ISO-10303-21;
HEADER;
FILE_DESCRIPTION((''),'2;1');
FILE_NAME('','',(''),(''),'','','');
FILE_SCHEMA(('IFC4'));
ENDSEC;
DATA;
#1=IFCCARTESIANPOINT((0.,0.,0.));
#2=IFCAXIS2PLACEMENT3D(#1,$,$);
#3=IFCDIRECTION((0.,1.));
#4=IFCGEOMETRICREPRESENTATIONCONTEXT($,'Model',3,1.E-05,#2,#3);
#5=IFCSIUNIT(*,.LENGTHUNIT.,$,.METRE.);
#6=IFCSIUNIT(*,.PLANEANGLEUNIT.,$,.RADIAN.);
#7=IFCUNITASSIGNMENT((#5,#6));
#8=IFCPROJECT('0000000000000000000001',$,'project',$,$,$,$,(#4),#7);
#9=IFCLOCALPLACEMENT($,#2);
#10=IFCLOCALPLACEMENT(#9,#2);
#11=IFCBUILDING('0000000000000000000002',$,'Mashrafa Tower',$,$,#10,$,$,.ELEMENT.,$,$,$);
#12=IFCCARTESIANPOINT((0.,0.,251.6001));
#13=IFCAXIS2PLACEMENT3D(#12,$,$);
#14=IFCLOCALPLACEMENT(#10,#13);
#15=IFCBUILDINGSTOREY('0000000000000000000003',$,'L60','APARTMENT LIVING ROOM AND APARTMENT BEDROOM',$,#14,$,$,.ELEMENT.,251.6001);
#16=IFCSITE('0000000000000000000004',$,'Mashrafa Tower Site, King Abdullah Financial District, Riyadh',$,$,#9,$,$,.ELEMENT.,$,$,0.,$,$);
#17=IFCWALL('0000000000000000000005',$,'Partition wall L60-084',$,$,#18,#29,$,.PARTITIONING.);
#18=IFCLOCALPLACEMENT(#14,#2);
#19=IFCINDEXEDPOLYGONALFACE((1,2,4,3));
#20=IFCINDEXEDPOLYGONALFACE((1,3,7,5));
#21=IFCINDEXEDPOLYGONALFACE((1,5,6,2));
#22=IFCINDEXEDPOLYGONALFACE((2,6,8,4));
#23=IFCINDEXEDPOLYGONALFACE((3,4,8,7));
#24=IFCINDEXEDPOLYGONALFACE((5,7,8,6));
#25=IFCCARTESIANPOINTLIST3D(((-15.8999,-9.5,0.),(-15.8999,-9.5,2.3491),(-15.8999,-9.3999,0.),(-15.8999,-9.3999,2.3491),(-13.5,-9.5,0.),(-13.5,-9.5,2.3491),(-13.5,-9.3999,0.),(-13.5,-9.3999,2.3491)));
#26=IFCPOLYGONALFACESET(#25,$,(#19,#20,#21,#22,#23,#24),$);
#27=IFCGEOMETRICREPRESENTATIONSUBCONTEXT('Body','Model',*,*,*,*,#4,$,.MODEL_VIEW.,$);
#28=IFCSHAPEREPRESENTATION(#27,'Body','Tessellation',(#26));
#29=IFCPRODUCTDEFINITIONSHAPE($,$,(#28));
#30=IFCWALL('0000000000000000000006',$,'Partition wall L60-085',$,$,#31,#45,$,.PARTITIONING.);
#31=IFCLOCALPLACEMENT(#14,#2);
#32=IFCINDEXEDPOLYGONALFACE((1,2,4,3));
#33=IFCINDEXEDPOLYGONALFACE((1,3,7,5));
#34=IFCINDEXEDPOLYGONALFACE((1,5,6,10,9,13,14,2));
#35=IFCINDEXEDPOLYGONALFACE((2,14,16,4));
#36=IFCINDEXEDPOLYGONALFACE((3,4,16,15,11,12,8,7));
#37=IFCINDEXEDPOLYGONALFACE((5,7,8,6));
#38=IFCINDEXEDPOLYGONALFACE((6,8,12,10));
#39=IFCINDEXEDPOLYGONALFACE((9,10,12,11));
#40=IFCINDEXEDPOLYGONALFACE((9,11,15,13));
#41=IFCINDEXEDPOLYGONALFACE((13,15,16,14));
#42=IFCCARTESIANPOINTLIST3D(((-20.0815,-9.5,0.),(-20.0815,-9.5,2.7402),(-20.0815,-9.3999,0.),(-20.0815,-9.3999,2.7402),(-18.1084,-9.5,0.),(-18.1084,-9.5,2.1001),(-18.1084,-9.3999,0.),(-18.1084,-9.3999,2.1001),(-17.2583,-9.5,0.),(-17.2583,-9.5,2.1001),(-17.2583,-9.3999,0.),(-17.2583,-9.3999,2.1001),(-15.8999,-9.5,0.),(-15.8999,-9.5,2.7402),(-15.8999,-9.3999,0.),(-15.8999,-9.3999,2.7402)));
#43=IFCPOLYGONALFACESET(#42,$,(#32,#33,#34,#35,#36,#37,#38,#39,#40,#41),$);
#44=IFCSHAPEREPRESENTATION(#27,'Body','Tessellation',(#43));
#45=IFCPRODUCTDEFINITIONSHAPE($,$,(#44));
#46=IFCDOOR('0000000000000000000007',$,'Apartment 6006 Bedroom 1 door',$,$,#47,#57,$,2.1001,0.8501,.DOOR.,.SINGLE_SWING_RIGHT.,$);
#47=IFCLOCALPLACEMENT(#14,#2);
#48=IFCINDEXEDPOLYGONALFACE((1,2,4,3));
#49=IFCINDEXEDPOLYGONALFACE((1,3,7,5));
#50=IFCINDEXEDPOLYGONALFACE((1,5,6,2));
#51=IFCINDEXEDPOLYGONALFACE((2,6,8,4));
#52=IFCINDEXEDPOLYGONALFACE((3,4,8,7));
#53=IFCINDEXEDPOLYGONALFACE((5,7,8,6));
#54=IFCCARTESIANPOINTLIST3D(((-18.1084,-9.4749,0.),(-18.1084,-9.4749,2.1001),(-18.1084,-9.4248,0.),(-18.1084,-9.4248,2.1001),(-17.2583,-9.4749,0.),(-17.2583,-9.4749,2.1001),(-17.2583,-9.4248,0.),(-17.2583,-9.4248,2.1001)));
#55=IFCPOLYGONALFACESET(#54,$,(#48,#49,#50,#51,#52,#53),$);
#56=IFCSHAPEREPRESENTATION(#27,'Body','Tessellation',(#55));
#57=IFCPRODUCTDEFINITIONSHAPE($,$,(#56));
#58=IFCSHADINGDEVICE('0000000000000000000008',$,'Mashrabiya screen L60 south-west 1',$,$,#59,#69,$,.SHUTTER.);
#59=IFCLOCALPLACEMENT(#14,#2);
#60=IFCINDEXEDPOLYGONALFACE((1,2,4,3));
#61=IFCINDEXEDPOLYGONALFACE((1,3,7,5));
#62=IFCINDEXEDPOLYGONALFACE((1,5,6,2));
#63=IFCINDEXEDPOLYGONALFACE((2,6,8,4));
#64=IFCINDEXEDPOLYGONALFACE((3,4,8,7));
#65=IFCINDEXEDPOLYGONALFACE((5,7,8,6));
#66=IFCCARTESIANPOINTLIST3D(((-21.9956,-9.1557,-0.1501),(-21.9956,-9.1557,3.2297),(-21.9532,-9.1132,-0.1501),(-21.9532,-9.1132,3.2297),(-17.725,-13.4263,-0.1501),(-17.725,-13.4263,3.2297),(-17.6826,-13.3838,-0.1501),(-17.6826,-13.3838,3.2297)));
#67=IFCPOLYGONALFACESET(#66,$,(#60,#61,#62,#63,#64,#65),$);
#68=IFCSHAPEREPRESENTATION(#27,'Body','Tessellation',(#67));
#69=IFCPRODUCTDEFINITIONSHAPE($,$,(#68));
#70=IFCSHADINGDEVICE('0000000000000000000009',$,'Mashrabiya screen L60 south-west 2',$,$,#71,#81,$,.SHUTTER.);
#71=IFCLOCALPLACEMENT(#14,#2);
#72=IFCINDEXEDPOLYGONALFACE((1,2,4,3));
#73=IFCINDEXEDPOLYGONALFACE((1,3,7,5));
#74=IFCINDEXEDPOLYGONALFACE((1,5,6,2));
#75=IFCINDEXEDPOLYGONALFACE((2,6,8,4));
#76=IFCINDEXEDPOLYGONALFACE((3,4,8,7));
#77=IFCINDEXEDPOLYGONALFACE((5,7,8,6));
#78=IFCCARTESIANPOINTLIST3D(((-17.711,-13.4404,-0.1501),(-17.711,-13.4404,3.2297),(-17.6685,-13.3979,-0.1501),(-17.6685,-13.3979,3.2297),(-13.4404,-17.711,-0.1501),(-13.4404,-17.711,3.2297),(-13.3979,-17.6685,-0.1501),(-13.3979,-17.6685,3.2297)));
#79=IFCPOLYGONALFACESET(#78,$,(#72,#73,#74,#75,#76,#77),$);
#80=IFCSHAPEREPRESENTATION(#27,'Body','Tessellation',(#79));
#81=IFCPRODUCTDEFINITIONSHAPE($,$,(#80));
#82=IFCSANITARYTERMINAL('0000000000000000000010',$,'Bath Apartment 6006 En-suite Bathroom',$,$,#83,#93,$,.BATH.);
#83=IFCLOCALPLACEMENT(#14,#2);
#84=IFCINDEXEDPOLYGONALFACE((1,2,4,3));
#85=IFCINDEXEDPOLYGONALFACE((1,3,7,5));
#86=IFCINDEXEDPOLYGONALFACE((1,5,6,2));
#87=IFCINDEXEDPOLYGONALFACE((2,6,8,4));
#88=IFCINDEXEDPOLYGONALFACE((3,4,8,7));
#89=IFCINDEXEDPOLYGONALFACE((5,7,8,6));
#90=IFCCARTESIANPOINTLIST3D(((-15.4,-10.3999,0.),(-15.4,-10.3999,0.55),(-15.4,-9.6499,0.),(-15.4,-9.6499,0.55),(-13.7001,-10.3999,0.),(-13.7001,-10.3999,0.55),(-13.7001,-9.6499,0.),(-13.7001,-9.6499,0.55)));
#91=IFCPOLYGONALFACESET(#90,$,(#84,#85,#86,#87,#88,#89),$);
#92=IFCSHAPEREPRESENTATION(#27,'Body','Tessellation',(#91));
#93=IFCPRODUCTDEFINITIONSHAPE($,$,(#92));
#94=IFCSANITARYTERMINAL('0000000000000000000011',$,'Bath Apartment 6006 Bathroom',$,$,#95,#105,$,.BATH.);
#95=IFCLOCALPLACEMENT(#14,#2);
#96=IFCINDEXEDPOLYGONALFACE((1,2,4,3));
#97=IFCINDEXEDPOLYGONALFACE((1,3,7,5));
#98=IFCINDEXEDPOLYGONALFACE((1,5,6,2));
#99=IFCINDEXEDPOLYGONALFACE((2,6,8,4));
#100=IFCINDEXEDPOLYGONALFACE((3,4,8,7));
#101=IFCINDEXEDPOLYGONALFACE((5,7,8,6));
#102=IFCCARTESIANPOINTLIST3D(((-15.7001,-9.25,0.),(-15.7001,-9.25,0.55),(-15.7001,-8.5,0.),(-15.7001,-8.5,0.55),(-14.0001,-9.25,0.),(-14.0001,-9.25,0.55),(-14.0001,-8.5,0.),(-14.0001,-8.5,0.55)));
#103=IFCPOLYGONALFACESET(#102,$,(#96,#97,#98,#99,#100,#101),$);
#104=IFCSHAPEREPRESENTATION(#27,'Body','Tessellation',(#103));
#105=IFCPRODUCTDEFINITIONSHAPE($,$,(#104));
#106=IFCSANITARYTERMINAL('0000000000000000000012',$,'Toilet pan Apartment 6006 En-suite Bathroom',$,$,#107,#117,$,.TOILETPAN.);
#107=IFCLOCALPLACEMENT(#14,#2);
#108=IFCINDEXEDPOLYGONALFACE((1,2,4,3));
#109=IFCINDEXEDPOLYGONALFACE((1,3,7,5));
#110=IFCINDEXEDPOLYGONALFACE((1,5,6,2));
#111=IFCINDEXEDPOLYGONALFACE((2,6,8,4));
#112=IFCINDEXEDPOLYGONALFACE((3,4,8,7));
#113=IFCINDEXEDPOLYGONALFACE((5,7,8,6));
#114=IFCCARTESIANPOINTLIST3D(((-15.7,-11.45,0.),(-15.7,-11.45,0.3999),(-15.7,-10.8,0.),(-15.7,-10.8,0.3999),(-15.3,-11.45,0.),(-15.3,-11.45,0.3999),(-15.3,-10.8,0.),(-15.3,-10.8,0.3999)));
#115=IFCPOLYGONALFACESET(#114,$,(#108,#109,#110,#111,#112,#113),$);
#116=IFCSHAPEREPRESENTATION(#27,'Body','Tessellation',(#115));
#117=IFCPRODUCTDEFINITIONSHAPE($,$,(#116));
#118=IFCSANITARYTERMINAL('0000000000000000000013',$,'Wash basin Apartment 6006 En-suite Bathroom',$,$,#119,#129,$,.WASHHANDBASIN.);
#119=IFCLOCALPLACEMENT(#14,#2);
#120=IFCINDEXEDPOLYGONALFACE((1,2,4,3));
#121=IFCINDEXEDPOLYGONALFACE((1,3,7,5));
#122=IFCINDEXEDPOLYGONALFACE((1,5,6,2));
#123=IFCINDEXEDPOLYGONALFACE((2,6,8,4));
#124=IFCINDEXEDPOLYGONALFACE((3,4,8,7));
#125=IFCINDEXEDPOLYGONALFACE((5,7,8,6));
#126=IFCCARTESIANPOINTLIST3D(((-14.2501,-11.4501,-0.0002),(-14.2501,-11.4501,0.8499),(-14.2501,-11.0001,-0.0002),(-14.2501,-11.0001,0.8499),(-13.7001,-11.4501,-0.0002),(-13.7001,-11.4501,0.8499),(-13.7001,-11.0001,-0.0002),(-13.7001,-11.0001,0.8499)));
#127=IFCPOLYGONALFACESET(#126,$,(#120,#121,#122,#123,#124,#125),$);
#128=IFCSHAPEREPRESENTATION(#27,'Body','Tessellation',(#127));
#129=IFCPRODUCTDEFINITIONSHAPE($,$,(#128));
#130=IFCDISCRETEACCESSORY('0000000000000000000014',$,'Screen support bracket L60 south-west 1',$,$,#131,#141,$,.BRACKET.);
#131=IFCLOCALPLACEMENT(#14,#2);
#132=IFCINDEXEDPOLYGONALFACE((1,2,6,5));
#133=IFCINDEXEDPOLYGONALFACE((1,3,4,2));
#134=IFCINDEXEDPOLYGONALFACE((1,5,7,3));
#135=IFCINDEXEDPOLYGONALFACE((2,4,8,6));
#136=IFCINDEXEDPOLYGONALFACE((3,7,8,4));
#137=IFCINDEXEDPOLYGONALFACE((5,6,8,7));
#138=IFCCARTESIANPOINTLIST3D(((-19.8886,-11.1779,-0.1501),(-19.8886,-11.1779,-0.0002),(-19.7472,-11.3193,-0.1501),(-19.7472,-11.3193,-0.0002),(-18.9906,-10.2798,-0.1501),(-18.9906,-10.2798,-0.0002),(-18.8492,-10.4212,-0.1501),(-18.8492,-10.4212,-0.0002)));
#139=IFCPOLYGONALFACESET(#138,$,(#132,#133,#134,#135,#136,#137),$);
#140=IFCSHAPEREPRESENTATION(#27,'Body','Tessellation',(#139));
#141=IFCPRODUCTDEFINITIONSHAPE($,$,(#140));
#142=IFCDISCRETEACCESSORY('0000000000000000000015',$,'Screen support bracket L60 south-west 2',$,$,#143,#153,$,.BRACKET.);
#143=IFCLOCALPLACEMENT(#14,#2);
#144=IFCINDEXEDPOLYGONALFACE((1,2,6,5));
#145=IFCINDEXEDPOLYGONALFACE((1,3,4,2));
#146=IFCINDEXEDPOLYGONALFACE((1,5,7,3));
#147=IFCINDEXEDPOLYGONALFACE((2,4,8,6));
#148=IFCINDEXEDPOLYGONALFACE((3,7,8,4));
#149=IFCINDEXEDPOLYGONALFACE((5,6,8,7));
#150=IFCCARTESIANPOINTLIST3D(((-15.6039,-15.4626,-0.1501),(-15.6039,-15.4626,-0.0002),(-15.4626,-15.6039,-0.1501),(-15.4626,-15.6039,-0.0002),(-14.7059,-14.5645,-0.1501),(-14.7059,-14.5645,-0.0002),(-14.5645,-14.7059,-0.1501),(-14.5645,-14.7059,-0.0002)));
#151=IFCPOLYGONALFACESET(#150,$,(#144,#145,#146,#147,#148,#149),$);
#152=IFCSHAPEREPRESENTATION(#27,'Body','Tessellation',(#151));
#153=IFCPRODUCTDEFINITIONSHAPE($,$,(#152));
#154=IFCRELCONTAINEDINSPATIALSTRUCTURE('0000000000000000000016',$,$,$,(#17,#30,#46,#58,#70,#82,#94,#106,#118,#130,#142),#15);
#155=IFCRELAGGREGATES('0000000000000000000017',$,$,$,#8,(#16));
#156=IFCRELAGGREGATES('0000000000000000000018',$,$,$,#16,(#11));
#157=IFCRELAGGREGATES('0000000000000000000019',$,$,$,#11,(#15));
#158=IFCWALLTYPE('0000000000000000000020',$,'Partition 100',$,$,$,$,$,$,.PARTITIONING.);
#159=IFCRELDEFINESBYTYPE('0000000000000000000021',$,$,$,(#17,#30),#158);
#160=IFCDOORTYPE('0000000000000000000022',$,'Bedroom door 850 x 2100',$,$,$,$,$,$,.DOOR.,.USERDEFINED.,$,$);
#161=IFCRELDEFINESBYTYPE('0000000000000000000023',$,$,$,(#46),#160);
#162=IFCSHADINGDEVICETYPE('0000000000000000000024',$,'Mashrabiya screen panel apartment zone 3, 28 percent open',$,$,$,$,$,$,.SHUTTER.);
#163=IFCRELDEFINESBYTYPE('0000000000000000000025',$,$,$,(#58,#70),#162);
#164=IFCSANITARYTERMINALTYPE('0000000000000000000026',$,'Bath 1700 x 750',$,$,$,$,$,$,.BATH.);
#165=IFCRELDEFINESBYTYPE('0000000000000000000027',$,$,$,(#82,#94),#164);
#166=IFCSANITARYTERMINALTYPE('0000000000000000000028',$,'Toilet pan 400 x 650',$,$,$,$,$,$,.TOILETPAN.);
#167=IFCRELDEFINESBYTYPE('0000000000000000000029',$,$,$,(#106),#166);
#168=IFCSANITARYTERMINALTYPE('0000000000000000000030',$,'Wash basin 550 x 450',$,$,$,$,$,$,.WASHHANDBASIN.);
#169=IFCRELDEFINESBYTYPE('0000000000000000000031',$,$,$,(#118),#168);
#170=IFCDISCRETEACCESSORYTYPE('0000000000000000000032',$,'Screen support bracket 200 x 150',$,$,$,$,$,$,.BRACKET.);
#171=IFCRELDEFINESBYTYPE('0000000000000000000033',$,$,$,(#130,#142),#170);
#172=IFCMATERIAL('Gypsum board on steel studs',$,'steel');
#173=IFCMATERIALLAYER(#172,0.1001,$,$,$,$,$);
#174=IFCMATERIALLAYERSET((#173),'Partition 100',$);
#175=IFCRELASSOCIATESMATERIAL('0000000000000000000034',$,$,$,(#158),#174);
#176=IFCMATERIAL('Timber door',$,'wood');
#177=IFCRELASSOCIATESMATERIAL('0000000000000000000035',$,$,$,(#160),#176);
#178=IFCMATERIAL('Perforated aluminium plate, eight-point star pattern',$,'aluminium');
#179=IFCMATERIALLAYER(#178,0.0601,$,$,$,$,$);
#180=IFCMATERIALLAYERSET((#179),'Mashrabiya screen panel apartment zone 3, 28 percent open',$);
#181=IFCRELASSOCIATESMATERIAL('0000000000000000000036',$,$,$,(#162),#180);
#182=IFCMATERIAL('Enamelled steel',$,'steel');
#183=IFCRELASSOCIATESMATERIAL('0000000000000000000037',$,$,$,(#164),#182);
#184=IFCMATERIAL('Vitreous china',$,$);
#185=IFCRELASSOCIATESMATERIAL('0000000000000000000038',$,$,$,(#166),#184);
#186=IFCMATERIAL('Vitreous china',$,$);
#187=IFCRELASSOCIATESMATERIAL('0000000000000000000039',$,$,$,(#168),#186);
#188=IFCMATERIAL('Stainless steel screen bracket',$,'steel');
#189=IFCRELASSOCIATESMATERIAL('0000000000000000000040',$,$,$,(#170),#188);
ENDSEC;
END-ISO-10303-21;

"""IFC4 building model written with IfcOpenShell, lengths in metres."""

from ifc_helpers import new_model, si_unit, direction, frame, frame_2d, origin, origin_2d, place, context, subcontext, project, spatial, rectangle, extrude, source, transform, mapped, material, layer, layer_set, type_object, type_shapes, element, fill, save


model = new_model("IFC4")

# Units and contexts
model_context = context("Model", 3, precision=1e-05, world=origin(), true_north=direction((0.0, 1.0)))
body_context = subcontext(model_context, "Body", "Model", "MODEL_VIEW")
ifc_project = project(units=[si_unit("LENGTHUNIT", "METRE"), si_unit("PLANEANGLEUNIT", "RADIAN")], contexts=[model_context])

# Site, building, storey
site_placement = place(None, origin())
site = spatial("IfcSite", under=ifc_project, at=site_placement, Name="Mashrafa Tower Site, King Abdullah Financial District, Riyadh", CompositionType="ELEMENT", RefElevation=0.0)
building_placement = place(site_placement, origin())
building = spatial("IfcBuilding", under=site, at=building_placement, Name="Mashrafa Tower", CompositionType="ELEMENT")
storey_placement = place(building_placement, frame((0.0, 0.0, 251.6001)))
storey = spatial("IfcBuildingStorey", under=building, at=storey_placement, Name="L60", Description="APARTMENT LIVING ROOM AND APARTMENT BEDROOM", CompositionType="ELEMENT", Elevation=251.6001)

# Shared definitions
ifc_material_1 = material(Name="Gypsum board on steel studs", Category="steel")
ifc_layer_1 = layer(ifc_material_1, 0.1001)
ifc_layer_set_1 = layer_set([ifc_layer_1], Name="Partition 100")
wall_type_1 = type_object("IfcWallType", Name="Partition 100", PredefinedType="PARTITIONING", material=ifc_layer_set_1)

# Wall
wall_1_placement = place(storey_placement, frame((-13.5, -9.45, 0.0), z_axis=(0.0, 0.0, 1.0), x_axis=(-1.0, 0.0, 0.0)))
element("IfcWall", 1, at=wall_1_placement, inside=storey, type_object=wall_type_1, Name="Partition wall L60-084", PredefinedType="PARTITIONING", context=body_context, shape_type="SweptSolid", body=[
    extrude(rectangle(XDim=2.3999, YDim=0.1001, at=frame_2d((1.2, 0.0))), origin(), (0.0, 0.0, 1.0), 2.3491),
])

# Wall, opening, door
wall_2_placement = place(storey_placement, frame((-15.8999, -9.45, 0.0), z_axis=(0.0, 0.0, 1.0), x_axis=(-1.0, 0.0, 0.0)))
wall_2 = element("IfcWall", 2, at=wall_2_placement, inside=storey, type_object=wall_type_1, Name="Partition wall L60-085", PredefinedType="PARTITIONING", context=body_context, shape_type="SweptSolid", body=[
    extrude(rectangle(XDim=4.1816, YDim=0.1001, at=frame_2d((2.0908, 0.0))), origin(), (0.0, 0.0, 1.0), 2.7402),
])
opening_1_placement = place(wall_2_placement, frame((1.3584, 0.0, 0.0)))
opening_1 = element("IfcOpeningElement", 3, at=opening_1_placement, cuts=wall_2, PredefinedType="OPENING", context=body_context, shape_type="SweptSolid", body=[
    extrude(rectangle(XDim=0.8501, YDim=2.1001, at=frame_2d((0.425, 1.05))), frame((0.0, 0.0601, 0.0), z_axis=(0.0, -1.0, 0.0), x_axis=(1.0, 0.0, 0.0)), (0.0, 0.0, 1.0), 0.1201),
])
ifc_material_2 = material(Name="Timber door", Category="wood")
door_type_1 = type_object("IfcDoorType", Name="Bedroom door 850 x 2100", OperationType="USERDEFINED", PredefinedType="DOOR", material=ifc_material_2)
door_1_placement = place(opening_1_placement, origin())
door_1 = element("IfcDoor", 4, at=door_1_placement, inside=storey, type_object=door_type_1, Name="Apartment 6006 Bedroom 1 door", OperationType="SINGLE_SWING_RIGHT", OverallHeight=2.1001, OverallWidth=0.8501, PredefinedType="DOOR", context=body_context, shape_type="SweptSolid", body=[
    extrude(rectangle(XDim=0.8501, YDim=2.1001, at=frame_2d((0.425, 1.05))), frame((0.0, 0.0249, 0.0), z_axis=(0.0, -1.0, 0.0), x_axis=(1.0, 0.0, 0.0)), (0.0, 0.0, 1.0), 0.05),
])
fill(opening_1, door_1)

# Shading devices
ifc_material_3 = material(Name="Perforated aluminium plate, eight-point star pattern", Category="aluminium")
ifc_layer_2 = layer(ifc_material_3, 0.0601)
ifc_layer_set_2 = layer_set([ifc_layer_2], Name="Mashrabiya screen panel apartment zone 3, 28 percent open")
shading_device_type = type_object("IfcShadingDeviceType", Name="Mashrabiya screen panel apartment zone 3, 28 percent open", PredefinedType="SHUTTER", material=ifc_layer_set_2)
shared_shape_1 = source(origin(), body_context, "Body", "SweptSolid", [
    extrude(rectangle(XDim=6.0396, YDim=0.0601, at=origin_2d()), origin(), (0.0, 0.0, 1.0), 3.3799),
])
type_shapes(shading_device_type, [shared_shape_1])
for number, where, z_axis, x_axis, name in (
    (5, (-19.8391, -11.2698, -0.1501), (0.0, 0.0, 1.0), (0.707107, -0.707107, 0.0), "Mashrabiya screen L60 south-west 1"),
    (6, (-15.5544, -15.5544, -0.1501), (0.0, 0.0, 1.0), (0.707107, -0.707107, 0.0), "Mashrabiya screen L60 south-west 2"),
):
    element("IfcShadingDevice", number, at=place(storey_placement, frame(where, z_axis=z_axis, x_axis=x_axis)), inside=storey, type_object=shading_device_type, Name=name, PredefinedType="SHUTTER", context=body_context, shape_type="MappedRepresentation", body=[
        mapped(shared_shape_1, transform((0.0, 0.0, 0.0))),
    ])

# Sanitary terminals
ifc_material_4 = material(Name="Enamelled steel", Category="steel")
sanitary_terminal_type_1 = type_object("IfcSanitaryTerminalType", Name="Bath 1700 x 750", PredefinedType="BATH", material=ifc_material_4)
for number, where, z_axis, x_axis, name in (
    (7, (-14.55, -10.0249, 0.0), (0.0, 0.0, 1.0), (-1.0, 0.0, 0.0), "Bath Apartment 6006 En-suite Bathroom"),
    (8, (-14.8501, -8.875, 0.0), (0.0, 0.0, 1.0), (1.0, 0.0, 0.0), "Bath Apartment 6006 Bathroom"),
):
    element("IfcSanitaryTerminal", number, at=place(storey_placement, frame(where, z_axis=z_axis, x_axis=x_axis)), inside=storey, type_object=sanitary_terminal_type_1, Name=name, PredefinedType="BATH", context=body_context, shape_type="SweptSolid", body=[
        extrude(rectangle(XDim=1.7, YDim=0.75, at=origin_2d()), origin(), (0.0, 0.0, 1.0), 0.55),
    ])
ifc_material_5 = material(Name="Vitreous china")
sanitary_terminal_type_2 = type_object("IfcSanitaryTerminalType", Name="Toilet pan 400 x 650", PredefinedType="TOILETPAN", material=ifc_material_5)
sanitary_terminal_1_placement = place(storey_placement, frame((-15.5, -11.125, 0.0), z_axis=(0.0, 0.0, 1.0), x_axis=(1.0, 0.0, 0.0)))
element("IfcSanitaryTerminal", 9, at=sanitary_terminal_1_placement, inside=storey, type_object=sanitary_terminal_type_2, Name="Toilet pan Apartment 6006 En-suite Bathroom", PredefinedType="TOILETPAN", context=body_context, shape_type="SweptSolid", body=[
    extrude(rectangle(XDim=0.3999, YDim=0.6499, at=origin_2d()), origin(), (0.0, 0.0, 1.0), 0.3999),
])
ifc_material_6 = material(Name="Vitreous china")
sanitary_terminal_type_3 = type_object("IfcSanitaryTerminalType", Name="Wash basin 550 x 450", PredefinedType="WASHHANDBASIN", material=ifc_material_6)
sanitary_terminal_2_placement = place(storey_placement, frame((-13.9751, -11.2251, -0.0002), z_axis=(0.0, 0.0, 1.0), x_axis=(1.0, 0.0, 0.0)))
element("IfcSanitaryTerminal", 10, at=sanitary_terminal_2_placement, inside=storey, type_object=sanitary_terminal_type_3, Name="Wash basin Apartment 6006 En-suite Bathroom", PredefinedType="WASHHANDBASIN", context=body_context, shape_type="SweptSolid", body=[
    extrude(rectangle(XDim=0.55, YDim=0.45, at=origin_2d()), origin(), (0.0, 0.0, 1.0), 0.8501),
])

# Discrete accessories
ifc_material_7 = material(Name="Stainless steel screen bracket", Category="steel")
discrete_accessory_type = type_object("IfcDiscreteAccessoryType", Name="Screen support bracket 200 x 150", PredefinedType="BRACKET", material=ifc_material_7)
shared_shape_2 = source(origin(), body_context, "Body", "SweptSolid", [
    extrude(rectangle(XDim=0.2, YDim=1.27, at=origin_2d()), origin(), (0.0, 0.0, 1.0), 0.1499),
])
type_shapes(discrete_accessory_type, [shared_shape_2])
for number, where, z_axis, x_axis, name in (
    (11, (-19.3689, -10.7996, -0.1501), (0.0, 0.0, 1.0), (0.707107, -0.707107, 0.0), "Screen support bracket L60 south-west 1"),
    (12, (-15.0842, -15.0842, -0.1501), (0.0, 0.0, 1.0), (0.707107, -0.707107, 0.0), "Screen support bracket L60 south-west 2"),
):
    element("IfcDiscreteAccessory", number, at=place(storey_placement, frame(where, z_axis=z_axis, x_axis=x_axis)), inside=storey, type_object=discrete_accessory_type, Name=name, PredefinedType="BRACKET", context=body_context, shape_type="MappedRepresentation", body=[
        mapped(shared_shape_2, transform((0.0, 0.0, 0.0))),
    ])

save(model, "model.ifc")
